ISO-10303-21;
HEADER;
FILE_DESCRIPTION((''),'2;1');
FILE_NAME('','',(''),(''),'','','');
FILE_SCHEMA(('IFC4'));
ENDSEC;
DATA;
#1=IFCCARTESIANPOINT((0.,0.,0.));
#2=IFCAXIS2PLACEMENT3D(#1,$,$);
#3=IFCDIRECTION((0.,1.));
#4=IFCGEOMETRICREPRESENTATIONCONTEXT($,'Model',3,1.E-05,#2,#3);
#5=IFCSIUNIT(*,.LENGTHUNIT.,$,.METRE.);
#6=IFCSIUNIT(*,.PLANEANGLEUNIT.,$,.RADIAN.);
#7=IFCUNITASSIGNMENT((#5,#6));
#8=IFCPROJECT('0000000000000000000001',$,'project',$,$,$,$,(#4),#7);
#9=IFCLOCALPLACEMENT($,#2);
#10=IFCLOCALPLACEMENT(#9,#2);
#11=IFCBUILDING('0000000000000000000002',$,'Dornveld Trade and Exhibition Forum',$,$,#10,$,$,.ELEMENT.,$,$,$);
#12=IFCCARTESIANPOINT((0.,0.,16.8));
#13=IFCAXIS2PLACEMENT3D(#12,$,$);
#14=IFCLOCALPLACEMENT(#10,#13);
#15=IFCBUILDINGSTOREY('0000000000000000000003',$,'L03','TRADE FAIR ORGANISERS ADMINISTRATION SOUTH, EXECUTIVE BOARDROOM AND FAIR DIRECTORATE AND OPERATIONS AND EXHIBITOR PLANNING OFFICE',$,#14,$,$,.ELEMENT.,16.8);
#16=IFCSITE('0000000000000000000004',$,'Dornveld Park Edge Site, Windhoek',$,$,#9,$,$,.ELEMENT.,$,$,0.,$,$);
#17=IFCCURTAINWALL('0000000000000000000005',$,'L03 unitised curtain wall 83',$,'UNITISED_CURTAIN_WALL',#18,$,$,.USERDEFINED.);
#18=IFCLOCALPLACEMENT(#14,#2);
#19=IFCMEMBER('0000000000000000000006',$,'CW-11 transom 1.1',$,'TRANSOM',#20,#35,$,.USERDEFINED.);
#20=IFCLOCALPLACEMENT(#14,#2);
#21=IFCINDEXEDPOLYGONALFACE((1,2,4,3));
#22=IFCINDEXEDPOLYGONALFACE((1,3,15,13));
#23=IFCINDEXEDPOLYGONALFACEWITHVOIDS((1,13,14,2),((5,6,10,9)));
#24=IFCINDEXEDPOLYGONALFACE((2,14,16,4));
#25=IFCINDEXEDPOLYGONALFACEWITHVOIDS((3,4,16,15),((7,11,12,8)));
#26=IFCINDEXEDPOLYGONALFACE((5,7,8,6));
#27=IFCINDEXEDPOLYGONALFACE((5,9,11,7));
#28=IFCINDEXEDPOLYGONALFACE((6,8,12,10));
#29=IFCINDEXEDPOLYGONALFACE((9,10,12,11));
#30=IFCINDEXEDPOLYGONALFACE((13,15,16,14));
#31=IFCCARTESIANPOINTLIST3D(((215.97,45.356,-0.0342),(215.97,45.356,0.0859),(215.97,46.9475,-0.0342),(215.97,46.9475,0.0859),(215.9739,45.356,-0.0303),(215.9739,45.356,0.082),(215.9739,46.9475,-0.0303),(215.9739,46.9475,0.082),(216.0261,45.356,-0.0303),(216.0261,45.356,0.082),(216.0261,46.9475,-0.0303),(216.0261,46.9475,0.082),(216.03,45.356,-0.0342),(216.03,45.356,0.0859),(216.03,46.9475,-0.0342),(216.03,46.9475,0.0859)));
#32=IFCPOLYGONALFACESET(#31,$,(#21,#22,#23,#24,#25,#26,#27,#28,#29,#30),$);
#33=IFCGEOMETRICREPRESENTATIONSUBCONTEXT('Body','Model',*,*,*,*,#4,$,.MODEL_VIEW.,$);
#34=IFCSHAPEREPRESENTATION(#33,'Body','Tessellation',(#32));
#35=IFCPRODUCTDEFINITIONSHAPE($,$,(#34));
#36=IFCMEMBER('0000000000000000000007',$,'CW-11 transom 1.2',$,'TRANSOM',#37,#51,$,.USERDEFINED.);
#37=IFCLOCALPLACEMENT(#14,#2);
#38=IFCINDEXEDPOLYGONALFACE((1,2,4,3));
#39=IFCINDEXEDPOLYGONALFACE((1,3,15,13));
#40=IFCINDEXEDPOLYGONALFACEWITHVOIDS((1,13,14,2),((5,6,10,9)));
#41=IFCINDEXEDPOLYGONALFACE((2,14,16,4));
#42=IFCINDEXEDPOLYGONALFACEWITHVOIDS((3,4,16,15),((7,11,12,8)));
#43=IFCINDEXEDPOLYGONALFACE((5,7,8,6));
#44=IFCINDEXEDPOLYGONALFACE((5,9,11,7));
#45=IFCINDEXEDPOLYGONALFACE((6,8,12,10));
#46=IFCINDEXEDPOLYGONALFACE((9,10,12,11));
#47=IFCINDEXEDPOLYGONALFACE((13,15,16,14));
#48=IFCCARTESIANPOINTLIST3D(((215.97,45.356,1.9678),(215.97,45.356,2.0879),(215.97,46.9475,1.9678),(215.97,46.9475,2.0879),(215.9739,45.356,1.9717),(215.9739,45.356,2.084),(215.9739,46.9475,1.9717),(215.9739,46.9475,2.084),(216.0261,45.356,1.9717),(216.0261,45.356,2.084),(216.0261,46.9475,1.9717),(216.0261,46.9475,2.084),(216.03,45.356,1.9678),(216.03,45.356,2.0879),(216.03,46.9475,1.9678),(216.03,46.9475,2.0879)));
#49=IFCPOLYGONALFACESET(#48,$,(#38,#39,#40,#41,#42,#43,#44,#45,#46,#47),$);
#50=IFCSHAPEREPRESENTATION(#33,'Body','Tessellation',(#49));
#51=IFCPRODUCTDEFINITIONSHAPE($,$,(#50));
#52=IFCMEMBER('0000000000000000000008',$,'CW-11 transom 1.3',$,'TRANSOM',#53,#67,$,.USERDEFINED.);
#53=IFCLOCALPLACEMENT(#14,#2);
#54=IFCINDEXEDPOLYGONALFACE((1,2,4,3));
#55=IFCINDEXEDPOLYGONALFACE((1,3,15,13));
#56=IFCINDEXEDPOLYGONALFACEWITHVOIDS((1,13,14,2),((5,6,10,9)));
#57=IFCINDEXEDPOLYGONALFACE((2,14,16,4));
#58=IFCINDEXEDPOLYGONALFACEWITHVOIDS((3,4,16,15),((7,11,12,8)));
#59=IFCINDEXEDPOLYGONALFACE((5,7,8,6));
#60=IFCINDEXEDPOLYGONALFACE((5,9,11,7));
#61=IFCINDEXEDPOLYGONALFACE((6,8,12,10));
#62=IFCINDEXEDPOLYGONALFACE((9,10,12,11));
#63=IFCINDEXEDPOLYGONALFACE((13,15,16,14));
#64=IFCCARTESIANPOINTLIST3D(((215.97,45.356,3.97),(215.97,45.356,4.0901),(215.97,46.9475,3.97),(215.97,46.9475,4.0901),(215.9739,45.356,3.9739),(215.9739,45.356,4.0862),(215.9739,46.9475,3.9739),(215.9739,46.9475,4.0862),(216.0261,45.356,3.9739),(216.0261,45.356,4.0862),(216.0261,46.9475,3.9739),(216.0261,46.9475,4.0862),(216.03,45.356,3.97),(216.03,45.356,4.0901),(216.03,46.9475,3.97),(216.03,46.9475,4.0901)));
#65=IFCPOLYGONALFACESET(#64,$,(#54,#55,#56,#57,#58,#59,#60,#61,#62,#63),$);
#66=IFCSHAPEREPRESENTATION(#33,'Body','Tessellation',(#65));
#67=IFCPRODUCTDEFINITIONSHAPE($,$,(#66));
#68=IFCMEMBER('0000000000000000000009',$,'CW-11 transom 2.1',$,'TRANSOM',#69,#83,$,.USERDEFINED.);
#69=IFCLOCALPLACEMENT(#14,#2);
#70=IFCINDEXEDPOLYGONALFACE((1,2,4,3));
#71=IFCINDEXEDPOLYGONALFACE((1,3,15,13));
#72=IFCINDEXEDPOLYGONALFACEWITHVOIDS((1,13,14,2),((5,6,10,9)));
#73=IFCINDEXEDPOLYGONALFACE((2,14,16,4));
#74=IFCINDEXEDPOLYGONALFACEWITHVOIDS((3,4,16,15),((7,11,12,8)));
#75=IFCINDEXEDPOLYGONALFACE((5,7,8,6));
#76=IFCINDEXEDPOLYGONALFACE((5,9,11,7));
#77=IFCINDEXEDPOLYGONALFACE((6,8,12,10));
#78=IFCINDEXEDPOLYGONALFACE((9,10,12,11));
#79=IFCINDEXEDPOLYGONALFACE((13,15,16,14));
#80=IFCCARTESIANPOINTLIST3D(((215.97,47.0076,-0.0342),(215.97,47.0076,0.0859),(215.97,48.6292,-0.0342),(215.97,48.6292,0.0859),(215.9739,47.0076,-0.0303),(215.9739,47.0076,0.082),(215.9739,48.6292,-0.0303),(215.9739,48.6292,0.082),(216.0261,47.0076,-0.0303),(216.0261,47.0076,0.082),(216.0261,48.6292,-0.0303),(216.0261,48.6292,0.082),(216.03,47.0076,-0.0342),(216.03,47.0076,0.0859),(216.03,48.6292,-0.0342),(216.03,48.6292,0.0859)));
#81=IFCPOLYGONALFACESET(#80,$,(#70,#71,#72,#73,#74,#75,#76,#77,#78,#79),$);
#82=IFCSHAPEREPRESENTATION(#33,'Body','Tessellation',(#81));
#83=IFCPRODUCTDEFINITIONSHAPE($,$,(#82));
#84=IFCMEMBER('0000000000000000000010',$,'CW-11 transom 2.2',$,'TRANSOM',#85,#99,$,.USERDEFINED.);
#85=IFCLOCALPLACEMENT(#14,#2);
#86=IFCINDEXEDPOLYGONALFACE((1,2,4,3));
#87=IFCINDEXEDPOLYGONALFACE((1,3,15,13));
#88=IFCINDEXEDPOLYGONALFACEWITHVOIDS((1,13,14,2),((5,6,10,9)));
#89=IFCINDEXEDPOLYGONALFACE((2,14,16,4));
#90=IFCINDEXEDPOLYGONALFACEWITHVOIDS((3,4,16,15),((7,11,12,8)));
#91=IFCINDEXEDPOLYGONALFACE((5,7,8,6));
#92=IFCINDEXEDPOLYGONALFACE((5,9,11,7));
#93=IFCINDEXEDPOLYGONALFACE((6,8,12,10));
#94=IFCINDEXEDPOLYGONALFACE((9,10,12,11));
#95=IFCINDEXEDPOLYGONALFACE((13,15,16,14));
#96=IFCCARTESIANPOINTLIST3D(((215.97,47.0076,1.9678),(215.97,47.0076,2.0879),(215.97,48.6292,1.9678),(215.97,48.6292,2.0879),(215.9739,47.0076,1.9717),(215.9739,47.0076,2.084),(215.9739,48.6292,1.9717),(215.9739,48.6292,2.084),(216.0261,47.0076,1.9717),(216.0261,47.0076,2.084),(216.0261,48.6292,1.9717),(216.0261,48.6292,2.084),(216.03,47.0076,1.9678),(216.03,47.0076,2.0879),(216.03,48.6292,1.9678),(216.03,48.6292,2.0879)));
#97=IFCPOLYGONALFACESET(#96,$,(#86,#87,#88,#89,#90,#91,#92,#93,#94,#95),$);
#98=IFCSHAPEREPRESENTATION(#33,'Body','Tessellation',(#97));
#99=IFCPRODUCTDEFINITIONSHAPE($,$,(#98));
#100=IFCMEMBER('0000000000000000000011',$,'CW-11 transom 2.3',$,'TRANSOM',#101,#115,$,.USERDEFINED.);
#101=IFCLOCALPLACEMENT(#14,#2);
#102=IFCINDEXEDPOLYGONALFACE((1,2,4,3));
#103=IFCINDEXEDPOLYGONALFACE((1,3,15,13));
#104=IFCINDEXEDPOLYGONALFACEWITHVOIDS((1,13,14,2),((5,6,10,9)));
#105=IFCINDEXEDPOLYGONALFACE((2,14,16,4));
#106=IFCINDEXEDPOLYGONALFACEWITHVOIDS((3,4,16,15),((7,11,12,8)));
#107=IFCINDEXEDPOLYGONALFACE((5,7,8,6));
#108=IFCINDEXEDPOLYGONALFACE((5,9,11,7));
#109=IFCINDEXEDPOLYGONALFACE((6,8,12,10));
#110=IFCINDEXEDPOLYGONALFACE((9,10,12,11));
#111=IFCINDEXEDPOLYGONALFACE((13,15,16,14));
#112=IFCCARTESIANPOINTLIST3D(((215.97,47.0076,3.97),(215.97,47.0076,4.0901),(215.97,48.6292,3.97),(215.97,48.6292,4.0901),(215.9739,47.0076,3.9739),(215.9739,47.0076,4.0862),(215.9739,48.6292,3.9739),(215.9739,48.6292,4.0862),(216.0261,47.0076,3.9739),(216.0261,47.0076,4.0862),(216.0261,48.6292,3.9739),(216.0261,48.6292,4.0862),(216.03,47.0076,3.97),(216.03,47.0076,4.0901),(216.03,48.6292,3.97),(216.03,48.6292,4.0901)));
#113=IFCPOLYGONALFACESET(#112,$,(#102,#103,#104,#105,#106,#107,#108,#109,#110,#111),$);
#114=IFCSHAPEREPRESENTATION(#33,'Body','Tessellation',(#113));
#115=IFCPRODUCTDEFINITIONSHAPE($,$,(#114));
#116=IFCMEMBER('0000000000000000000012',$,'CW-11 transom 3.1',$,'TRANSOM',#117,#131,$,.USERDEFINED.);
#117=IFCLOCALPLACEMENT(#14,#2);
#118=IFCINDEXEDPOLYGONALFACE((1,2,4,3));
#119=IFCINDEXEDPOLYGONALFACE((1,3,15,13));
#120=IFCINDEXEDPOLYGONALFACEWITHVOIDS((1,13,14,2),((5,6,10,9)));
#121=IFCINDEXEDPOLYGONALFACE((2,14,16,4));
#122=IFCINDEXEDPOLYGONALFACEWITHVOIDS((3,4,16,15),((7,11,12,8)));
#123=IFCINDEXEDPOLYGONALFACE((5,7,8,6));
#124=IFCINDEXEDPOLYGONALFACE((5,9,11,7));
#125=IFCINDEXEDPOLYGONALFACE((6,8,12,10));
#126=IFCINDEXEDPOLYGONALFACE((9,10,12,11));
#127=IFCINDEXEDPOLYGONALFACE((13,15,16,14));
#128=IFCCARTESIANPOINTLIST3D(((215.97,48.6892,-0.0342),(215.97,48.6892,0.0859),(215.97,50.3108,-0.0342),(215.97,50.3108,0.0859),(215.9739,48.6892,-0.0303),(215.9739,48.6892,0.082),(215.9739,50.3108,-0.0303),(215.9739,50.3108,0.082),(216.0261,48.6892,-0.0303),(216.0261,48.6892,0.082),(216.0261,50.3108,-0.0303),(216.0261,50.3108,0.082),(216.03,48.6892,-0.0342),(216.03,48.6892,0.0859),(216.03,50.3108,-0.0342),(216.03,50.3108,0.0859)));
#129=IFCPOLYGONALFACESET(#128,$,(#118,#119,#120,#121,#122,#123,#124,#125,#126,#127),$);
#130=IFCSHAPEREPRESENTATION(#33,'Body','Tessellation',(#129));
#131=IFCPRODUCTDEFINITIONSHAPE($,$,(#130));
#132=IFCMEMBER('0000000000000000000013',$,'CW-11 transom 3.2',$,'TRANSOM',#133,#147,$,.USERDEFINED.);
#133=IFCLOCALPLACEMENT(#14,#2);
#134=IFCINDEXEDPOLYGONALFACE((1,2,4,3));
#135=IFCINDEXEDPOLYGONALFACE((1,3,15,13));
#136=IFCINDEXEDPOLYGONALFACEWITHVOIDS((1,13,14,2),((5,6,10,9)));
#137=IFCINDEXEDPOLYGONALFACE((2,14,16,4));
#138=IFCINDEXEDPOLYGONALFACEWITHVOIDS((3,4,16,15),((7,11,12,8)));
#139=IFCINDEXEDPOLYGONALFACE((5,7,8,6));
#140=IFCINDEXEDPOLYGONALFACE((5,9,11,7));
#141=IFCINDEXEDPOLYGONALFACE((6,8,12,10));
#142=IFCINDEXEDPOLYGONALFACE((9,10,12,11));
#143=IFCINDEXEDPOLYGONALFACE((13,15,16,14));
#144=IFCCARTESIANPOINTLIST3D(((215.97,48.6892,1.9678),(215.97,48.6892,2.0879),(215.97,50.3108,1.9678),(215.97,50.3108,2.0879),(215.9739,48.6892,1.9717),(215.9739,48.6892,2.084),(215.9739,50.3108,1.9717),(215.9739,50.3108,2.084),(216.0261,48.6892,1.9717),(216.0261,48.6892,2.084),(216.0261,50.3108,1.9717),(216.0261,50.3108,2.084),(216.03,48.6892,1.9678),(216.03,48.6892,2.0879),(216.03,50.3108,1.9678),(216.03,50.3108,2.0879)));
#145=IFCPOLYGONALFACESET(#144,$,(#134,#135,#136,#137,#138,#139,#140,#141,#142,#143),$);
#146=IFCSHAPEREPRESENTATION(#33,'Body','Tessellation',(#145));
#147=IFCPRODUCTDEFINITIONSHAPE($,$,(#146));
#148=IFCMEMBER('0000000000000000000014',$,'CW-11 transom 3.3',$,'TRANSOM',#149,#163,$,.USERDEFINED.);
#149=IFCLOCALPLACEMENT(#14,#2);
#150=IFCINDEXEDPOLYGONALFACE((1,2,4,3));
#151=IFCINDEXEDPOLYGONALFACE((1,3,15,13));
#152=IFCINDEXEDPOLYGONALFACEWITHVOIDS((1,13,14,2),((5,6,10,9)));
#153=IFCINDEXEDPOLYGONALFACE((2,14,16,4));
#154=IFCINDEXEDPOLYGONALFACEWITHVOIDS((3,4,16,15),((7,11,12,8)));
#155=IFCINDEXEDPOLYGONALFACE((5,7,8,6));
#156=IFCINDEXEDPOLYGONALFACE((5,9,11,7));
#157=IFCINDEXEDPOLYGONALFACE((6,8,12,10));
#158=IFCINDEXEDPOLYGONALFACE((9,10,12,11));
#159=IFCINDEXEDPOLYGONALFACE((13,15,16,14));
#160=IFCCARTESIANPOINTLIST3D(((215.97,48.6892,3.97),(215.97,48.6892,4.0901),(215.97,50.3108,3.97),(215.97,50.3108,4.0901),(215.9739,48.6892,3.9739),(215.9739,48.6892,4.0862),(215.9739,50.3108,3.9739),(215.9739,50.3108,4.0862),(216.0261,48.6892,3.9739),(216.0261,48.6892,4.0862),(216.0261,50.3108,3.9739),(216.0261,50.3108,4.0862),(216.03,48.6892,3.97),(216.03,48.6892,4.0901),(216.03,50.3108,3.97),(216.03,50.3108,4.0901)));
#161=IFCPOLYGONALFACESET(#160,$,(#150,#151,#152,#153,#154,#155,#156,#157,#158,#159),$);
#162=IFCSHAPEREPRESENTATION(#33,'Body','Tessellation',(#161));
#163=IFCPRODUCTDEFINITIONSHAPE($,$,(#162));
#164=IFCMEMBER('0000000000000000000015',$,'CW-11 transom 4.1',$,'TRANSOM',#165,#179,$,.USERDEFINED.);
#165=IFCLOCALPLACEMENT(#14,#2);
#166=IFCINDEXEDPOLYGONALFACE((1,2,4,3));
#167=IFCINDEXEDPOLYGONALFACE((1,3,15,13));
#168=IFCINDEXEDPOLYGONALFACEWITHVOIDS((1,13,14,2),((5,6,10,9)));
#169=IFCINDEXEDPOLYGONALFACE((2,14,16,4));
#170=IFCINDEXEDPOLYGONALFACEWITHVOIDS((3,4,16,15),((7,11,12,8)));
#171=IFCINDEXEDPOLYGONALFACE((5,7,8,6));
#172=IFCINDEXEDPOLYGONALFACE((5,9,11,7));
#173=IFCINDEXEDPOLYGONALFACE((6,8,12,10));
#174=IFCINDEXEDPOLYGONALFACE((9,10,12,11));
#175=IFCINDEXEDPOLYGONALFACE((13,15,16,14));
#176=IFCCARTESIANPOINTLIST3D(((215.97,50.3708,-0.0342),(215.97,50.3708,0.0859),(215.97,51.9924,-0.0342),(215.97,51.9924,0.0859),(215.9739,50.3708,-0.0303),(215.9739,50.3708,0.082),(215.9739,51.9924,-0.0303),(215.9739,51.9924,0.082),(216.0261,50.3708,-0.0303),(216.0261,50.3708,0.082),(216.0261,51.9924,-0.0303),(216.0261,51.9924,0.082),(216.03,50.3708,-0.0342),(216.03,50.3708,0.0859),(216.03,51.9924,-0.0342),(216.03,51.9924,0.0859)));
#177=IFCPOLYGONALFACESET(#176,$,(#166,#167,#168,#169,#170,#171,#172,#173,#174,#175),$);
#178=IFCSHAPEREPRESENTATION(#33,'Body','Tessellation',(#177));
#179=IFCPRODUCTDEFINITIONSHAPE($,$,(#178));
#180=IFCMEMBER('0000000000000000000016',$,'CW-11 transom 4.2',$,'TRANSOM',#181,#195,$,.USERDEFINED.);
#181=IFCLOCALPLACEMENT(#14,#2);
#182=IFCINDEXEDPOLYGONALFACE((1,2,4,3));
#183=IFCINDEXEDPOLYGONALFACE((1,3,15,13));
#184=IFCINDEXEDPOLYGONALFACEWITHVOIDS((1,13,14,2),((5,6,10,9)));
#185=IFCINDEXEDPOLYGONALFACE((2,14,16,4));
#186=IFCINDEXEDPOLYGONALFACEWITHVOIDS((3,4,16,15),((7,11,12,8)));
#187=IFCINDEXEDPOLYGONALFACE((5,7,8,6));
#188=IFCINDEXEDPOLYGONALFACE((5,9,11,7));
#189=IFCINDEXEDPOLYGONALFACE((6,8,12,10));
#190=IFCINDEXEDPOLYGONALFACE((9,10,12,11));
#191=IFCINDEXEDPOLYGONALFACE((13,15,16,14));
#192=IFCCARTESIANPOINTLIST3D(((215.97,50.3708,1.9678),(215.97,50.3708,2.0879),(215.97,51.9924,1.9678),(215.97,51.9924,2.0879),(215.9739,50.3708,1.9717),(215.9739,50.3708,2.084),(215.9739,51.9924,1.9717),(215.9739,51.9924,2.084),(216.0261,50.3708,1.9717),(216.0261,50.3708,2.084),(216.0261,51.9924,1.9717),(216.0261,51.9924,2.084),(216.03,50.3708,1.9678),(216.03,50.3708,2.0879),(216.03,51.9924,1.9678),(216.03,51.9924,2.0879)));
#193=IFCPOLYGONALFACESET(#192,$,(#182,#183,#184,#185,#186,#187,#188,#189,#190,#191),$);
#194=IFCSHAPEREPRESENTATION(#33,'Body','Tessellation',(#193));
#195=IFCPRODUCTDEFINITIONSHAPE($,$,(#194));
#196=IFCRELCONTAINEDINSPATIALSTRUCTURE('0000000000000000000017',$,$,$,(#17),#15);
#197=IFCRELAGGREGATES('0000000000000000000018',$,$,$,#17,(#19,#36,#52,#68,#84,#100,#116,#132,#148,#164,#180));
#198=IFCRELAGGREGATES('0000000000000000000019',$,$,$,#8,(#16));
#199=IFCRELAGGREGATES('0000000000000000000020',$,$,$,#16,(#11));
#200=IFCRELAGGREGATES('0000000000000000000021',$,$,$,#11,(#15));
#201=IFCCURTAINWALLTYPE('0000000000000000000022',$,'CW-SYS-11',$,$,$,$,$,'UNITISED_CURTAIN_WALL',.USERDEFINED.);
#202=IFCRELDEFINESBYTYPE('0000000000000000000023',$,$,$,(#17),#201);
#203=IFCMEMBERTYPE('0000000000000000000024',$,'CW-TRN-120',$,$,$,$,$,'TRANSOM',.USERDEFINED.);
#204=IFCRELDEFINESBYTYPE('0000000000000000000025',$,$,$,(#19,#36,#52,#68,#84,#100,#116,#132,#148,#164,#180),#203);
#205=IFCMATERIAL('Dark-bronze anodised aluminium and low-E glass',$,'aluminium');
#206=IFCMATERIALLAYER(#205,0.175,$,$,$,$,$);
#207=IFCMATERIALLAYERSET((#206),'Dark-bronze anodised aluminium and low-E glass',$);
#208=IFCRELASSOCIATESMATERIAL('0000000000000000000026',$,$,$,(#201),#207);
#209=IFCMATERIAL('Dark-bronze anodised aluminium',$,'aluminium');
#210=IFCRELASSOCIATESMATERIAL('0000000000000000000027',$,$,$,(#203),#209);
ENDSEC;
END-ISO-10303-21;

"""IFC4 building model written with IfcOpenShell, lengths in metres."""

from ifc_helpers import new_model, si_unit, direction, frame, origin, origin_2d, place, context, subcontext, project, spatial, hollow_rectangle, extrude, material, layer, layer_set, material_profile, profile_set, type_object, element, aggregate, save


model = new_model("IFC4")

# Units and contexts
model_context = context("Model", 3, precision=1e-05, world=origin(), true_north=direction((0.0, 1.0)))
body_context = subcontext(model_context, "Body", "Model", "MODEL_VIEW")
ifc_project = project(units=[si_unit("LENGTHUNIT", "METRE"), si_unit("PLANEANGLEUNIT", "RADIAN")], contexts=[model_context])

# Site, building, storey
site_placement = place(None, origin())
site = spatial("IfcSite", under=ifc_project, at=site_placement, Name="Dornveld Park Edge Site, Windhoek", CompositionType="ELEMENT", RefElevation=0.0)
building_placement = place(site_placement, origin())
building = spatial("IfcBuilding", under=site, at=building_placement, Name="Dornveld Trade and Exhibition Forum", CompositionType="ELEMENT")
storey_placement = place(building_placement, frame((0.0, 0.0, 16.8)))
storey = spatial("IfcBuildingStorey", under=building, at=storey_placement, Name="L03", Description="TRADE FAIR ORGANISERS ADMINISTRATION SOUTH, EXECUTIVE BOARDROOM AND FAIR DIRECTORATE AND OPERATIONS AND EXHIBITOR PLANNING OFFICE", CompositionType="ELEMENT", Elevation=16.8)

# Curtain wall, members
ifc_material_1 = material(Name="Dark-bronze anodised aluminium and low-E glass", Category="aluminium")
ifc_layer_1 = layer(ifc_material_1, 0.175)
ifc_layer_set_1 = layer_set([ifc_layer_1], Name="Dark-bronze anodised aluminium and low-E glass")
curtain_wall_type = type_object("IfcCurtainWallType", Name="CW-SYS-11", ElementType="UNITISED_CURTAIN_WALL", PredefinedType="USERDEFINED", material=ifc_layer_set_1)
curtain_wall_placement = place(storey_placement, origin())
curtain_wall = element("IfcCurtainWall", 1, at=curtain_wall_placement, inside=storey, type_object=curtain_wall_type, Name="L03 unitised curtain wall 83", ObjectType="UNITISED_CURTAIN_WALL", PredefinedType="USERDEFINED")
ifc_material_2 = material(Name="Dark-bronze anodised aluminium", Category="aluminium")
ifc_material_profile_1 = material_profile(ifc_material_2, hollow_rectangle(XDim=0.0601, YDim=0.1201, WallThickness=0.0039, at=origin_2d()), Name="RHS 120x60x4")
ifc_profile_set_1 = profile_set([ifc_material_profile_1], Name="Dark-bronze anodised aluminium")
member_type_1 = type_object("IfcMemberType", Name="CW-TRN-120", ElementType="TRANSOM", PredefinedType="USERDEFINED", material=ifc_profile_set_1)
member_1_placement = place(storey_placement, frame((216.0, 45.356, 0.0259), z_axis=(0.0, 1.0, 0.0), x_axis=(-1.0, 0.0, 0.0)))
member_1 = element("IfcMember", 2, at=member_1_placement, type_object=member_type_1, Name="CW-11 transom 1.1", ObjectType="TRANSOM", PredefinedType="USERDEFINED", context=body_context, shape_type="SweptSolid", body=[
    extrude(hollow_rectangle(XDim=0.0601, YDim=0.1201, WallThickness=0.0039, at=origin_2d()), origin(), (0.0, 0.0, 1.0), 1.5916),
])
member_2_placement = place(storey_placement, frame((216.0, 45.356, 2.0278), z_axis=(0.0, 1.0, 0.0), x_axis=(-1.0, 0.0, 0.0)))
member_2 = element("IfcMember", 3, at=member_2_placement, type_object=member_type_1, Name="CW-11 transom 1.2", ObjectType="TRANSOM", PredefinedType="USERDEFINED", context=body_context, shape_type="SweptSolid", body=[
    extrude(hollow_rectangle(XDim=0.0601, YDim=0.1201, WallThickness=0.0039, at=origin_2d()), origin(), (0.0, 0.0, 1.0), 1.5916),
])
member_3_placement = place(storey_placement, frame((216.0, 45.356, 4.03), z_axis=(0.0, 1.0, 0.0), x_axis=(-1.0, 0.0, 0.0)))
member_3 = element("IfcMember", 4, at=member_3_placement, type_object=member_type_1, Name="CW-11 transom 1.3", ObjectType="TRANSOM", PredefinedType="USERDEFINED", context=body_context, shape_type="SweptSolid", body=[
    extrude(hollow_rectangle(XDim=0.0601, YDim=0.1201, WallThickness=0.0039, at=origin_2d()), origin(), (0.0, 0.0, 1.0), 1.5916),
])
member_4_placement = place(storey_placement, frame((216.0, 47.0076, 0.0259), z_axis=(0.0, 1.0, 0.0), x_axis=(-1.0, 0.0, 0.0)))
member_4 = element("IfcMember", 5, at=member_4_placement, type_object=member_type_1, Name="CW-11 transom 2.1", ObjectType="TRANSOM", PredefinedType="USERDEFINED", context=body_context, shape_type="SweptSolid", body=[
    extrude(hollow_rectangle(XDim=0.0601, YDim=0.1201, WallThickness=0.0039, at=origin_2d()), origin(), (0.0, 0.0, 1.0), 1.6216),
])
member_5_placement = place(storey_placement, frame((216.0, 47.0076, 2.0278), z_axis=(0.0, 1.0, 0.0), x_axis=(-1.0, 0.0, 0.0)))
member_5 = element("IfcMember", 6, at=member_5_placement, type_object=member_type_1, Name="CW-11 transom 2.2", ObjectType="TRANSOM", PredefinedType="USERDEFINED", context=body_context, shape_type="SweptSolid", body=[
    extrude(hollow_rectangle(XDim=0.0601, YDim=0.1201, WallThickness=0.0039, at=origin_2d()), origin(), (0.0, 0.0, 1.0), 1.6216),
])
member_6_placement = place(storey_placement, frame((216.0, 47.0076, 4.03), z_axis=(0.0, 1.0, 0.0), x_axis=(-1.0, 0.0, 0.0)))
member_6 = element("IfcMember", 7, at=member_6_placement, type_object=member_type_1, Name="CW-11 transom 2.3", ObjectType="TRANSOM", PredefinedType="USERDEFINED", context=body_context, shape_type="SweptSolid", body=[
    extrude(hollow_rectangle(XDim=0.0601, YDim=0.1201, WallThickness=0.0039, at=origin_2d()), origin(), (0.0, 0.0, 1.0), 1.6216),
])
member_7_placement = place(storey_placement, frame((216.0, 48.6892, 0.0259), z_axis=(0.0, 1.0, 0.0), x_axis=(-1.0, 0.0, 0.0)))
member_7 = element("IfcMember", 8, at=member_7_placement, type_object=member_type_1, Name="CW-11 transom 3.1", ObjectType="TRANSOM", PredefinedType="USERDEFINED", context=body_context, shape_type="SweptSolid", body=[
    extrude(hollow_rectangle(XDim=0.0601, YDim=0.1201, WallThickness=0.0039, at=origin_2d()), origin(), (0.0, 0.0, 1.0), 1.6216),
])
member_8_placement = place(storey_placement, frame((216.0, 48.6892, 2.0278), z_axis=(0.0, 1.0, 0.0), x_axis=(-1.0, 0.0, 0.0)))
member_8 = element("IfcMember", 9, at=member_8_placement, type_object=member_type_1, Name="CW-11 transom 3.2", ObjectType="TRANSOM", PredefinedType="USERDEFINED", context=body_context, shape_type="SweptSolid", body=[
    extrude(hollow_rectangle(XDim=0.0601, YDim=0.1201, WallThickness=0.0039, at=origin_2d()), origin(), (0.0, 0.0, 1.0), 1.6216),
])
member_9_placement = place(storey_placement, frame((216.0, 48.6892, 4.03), z_axis=(0.0, 1.0, 0.0), x_axis=(-1.0, 0.0, 0.0)))
member_9 = element("IfcMember", 10, at=member_9_placement, type_object=member_type_1, Name="CW-11 transom 3.3", ObjectType="TRANSOM", PredefinedType="USERDEFINED", context=body_context, shape_type="SweptSolid", body=[
    extrude(hollow_rectangle(XDim=0.0601, YDim=0.1201, WallThickness=0.0039, at=origin_2d()), origin(), (0.0, 0.0, 1.0), 1.6216),
])
member_10_placement = place(storey_placement, frame((216.0, 50.3708, 0.0259), z_axis=(0.0, 1.0, 0.0), x_axis=(-1.0, 0.0, 0.0)))
member_10 = element("IfcMember", 11, at=member_10_placement, type_object=member_type_1, Name="CW-11 transom 4.1", ObjectType="TRANSOM", PredefinedType="USERDEFINED", context=body_context, shape_type="SweptSolid", body=[
    extrude(hollow_rectangle(XDim=0.0601, YDim=0.1201, WallThickness=0.0039, at=origin_2d()), origin(), (0.0, 0.0, 1.0), 1.6216),
])
member_11_placement = place(storey_placement, frame((216.0, 50.3708, 2.0278), z_axis=(0.0, 1.0, 0.0), x_axis=(-1.0, 0.0, 0.0)))
member_11 = element("IfcMember", 12, at=member_11_placement, type_object=member_type_1, Name="CW-11 transom 4.2", ObjectType="TRANSOM", PredefinedType="USERDEFINED", context=body_context, shape_type="SweptSolid", body=[
    extrude(hollow_rectangle(XDim=0.0601, YDim=0.1201, WallThickness=0.0039, at=origin_2d()), origin(), (0.0, 0.0, 1.0), 1.6216),
])
aggregate(curtain_wall, [member_1, member_2, member_3, member_4, member_5, member_6, member_7, member_8, member_9, member_10, member_11])

save(model, "model.ifc")
